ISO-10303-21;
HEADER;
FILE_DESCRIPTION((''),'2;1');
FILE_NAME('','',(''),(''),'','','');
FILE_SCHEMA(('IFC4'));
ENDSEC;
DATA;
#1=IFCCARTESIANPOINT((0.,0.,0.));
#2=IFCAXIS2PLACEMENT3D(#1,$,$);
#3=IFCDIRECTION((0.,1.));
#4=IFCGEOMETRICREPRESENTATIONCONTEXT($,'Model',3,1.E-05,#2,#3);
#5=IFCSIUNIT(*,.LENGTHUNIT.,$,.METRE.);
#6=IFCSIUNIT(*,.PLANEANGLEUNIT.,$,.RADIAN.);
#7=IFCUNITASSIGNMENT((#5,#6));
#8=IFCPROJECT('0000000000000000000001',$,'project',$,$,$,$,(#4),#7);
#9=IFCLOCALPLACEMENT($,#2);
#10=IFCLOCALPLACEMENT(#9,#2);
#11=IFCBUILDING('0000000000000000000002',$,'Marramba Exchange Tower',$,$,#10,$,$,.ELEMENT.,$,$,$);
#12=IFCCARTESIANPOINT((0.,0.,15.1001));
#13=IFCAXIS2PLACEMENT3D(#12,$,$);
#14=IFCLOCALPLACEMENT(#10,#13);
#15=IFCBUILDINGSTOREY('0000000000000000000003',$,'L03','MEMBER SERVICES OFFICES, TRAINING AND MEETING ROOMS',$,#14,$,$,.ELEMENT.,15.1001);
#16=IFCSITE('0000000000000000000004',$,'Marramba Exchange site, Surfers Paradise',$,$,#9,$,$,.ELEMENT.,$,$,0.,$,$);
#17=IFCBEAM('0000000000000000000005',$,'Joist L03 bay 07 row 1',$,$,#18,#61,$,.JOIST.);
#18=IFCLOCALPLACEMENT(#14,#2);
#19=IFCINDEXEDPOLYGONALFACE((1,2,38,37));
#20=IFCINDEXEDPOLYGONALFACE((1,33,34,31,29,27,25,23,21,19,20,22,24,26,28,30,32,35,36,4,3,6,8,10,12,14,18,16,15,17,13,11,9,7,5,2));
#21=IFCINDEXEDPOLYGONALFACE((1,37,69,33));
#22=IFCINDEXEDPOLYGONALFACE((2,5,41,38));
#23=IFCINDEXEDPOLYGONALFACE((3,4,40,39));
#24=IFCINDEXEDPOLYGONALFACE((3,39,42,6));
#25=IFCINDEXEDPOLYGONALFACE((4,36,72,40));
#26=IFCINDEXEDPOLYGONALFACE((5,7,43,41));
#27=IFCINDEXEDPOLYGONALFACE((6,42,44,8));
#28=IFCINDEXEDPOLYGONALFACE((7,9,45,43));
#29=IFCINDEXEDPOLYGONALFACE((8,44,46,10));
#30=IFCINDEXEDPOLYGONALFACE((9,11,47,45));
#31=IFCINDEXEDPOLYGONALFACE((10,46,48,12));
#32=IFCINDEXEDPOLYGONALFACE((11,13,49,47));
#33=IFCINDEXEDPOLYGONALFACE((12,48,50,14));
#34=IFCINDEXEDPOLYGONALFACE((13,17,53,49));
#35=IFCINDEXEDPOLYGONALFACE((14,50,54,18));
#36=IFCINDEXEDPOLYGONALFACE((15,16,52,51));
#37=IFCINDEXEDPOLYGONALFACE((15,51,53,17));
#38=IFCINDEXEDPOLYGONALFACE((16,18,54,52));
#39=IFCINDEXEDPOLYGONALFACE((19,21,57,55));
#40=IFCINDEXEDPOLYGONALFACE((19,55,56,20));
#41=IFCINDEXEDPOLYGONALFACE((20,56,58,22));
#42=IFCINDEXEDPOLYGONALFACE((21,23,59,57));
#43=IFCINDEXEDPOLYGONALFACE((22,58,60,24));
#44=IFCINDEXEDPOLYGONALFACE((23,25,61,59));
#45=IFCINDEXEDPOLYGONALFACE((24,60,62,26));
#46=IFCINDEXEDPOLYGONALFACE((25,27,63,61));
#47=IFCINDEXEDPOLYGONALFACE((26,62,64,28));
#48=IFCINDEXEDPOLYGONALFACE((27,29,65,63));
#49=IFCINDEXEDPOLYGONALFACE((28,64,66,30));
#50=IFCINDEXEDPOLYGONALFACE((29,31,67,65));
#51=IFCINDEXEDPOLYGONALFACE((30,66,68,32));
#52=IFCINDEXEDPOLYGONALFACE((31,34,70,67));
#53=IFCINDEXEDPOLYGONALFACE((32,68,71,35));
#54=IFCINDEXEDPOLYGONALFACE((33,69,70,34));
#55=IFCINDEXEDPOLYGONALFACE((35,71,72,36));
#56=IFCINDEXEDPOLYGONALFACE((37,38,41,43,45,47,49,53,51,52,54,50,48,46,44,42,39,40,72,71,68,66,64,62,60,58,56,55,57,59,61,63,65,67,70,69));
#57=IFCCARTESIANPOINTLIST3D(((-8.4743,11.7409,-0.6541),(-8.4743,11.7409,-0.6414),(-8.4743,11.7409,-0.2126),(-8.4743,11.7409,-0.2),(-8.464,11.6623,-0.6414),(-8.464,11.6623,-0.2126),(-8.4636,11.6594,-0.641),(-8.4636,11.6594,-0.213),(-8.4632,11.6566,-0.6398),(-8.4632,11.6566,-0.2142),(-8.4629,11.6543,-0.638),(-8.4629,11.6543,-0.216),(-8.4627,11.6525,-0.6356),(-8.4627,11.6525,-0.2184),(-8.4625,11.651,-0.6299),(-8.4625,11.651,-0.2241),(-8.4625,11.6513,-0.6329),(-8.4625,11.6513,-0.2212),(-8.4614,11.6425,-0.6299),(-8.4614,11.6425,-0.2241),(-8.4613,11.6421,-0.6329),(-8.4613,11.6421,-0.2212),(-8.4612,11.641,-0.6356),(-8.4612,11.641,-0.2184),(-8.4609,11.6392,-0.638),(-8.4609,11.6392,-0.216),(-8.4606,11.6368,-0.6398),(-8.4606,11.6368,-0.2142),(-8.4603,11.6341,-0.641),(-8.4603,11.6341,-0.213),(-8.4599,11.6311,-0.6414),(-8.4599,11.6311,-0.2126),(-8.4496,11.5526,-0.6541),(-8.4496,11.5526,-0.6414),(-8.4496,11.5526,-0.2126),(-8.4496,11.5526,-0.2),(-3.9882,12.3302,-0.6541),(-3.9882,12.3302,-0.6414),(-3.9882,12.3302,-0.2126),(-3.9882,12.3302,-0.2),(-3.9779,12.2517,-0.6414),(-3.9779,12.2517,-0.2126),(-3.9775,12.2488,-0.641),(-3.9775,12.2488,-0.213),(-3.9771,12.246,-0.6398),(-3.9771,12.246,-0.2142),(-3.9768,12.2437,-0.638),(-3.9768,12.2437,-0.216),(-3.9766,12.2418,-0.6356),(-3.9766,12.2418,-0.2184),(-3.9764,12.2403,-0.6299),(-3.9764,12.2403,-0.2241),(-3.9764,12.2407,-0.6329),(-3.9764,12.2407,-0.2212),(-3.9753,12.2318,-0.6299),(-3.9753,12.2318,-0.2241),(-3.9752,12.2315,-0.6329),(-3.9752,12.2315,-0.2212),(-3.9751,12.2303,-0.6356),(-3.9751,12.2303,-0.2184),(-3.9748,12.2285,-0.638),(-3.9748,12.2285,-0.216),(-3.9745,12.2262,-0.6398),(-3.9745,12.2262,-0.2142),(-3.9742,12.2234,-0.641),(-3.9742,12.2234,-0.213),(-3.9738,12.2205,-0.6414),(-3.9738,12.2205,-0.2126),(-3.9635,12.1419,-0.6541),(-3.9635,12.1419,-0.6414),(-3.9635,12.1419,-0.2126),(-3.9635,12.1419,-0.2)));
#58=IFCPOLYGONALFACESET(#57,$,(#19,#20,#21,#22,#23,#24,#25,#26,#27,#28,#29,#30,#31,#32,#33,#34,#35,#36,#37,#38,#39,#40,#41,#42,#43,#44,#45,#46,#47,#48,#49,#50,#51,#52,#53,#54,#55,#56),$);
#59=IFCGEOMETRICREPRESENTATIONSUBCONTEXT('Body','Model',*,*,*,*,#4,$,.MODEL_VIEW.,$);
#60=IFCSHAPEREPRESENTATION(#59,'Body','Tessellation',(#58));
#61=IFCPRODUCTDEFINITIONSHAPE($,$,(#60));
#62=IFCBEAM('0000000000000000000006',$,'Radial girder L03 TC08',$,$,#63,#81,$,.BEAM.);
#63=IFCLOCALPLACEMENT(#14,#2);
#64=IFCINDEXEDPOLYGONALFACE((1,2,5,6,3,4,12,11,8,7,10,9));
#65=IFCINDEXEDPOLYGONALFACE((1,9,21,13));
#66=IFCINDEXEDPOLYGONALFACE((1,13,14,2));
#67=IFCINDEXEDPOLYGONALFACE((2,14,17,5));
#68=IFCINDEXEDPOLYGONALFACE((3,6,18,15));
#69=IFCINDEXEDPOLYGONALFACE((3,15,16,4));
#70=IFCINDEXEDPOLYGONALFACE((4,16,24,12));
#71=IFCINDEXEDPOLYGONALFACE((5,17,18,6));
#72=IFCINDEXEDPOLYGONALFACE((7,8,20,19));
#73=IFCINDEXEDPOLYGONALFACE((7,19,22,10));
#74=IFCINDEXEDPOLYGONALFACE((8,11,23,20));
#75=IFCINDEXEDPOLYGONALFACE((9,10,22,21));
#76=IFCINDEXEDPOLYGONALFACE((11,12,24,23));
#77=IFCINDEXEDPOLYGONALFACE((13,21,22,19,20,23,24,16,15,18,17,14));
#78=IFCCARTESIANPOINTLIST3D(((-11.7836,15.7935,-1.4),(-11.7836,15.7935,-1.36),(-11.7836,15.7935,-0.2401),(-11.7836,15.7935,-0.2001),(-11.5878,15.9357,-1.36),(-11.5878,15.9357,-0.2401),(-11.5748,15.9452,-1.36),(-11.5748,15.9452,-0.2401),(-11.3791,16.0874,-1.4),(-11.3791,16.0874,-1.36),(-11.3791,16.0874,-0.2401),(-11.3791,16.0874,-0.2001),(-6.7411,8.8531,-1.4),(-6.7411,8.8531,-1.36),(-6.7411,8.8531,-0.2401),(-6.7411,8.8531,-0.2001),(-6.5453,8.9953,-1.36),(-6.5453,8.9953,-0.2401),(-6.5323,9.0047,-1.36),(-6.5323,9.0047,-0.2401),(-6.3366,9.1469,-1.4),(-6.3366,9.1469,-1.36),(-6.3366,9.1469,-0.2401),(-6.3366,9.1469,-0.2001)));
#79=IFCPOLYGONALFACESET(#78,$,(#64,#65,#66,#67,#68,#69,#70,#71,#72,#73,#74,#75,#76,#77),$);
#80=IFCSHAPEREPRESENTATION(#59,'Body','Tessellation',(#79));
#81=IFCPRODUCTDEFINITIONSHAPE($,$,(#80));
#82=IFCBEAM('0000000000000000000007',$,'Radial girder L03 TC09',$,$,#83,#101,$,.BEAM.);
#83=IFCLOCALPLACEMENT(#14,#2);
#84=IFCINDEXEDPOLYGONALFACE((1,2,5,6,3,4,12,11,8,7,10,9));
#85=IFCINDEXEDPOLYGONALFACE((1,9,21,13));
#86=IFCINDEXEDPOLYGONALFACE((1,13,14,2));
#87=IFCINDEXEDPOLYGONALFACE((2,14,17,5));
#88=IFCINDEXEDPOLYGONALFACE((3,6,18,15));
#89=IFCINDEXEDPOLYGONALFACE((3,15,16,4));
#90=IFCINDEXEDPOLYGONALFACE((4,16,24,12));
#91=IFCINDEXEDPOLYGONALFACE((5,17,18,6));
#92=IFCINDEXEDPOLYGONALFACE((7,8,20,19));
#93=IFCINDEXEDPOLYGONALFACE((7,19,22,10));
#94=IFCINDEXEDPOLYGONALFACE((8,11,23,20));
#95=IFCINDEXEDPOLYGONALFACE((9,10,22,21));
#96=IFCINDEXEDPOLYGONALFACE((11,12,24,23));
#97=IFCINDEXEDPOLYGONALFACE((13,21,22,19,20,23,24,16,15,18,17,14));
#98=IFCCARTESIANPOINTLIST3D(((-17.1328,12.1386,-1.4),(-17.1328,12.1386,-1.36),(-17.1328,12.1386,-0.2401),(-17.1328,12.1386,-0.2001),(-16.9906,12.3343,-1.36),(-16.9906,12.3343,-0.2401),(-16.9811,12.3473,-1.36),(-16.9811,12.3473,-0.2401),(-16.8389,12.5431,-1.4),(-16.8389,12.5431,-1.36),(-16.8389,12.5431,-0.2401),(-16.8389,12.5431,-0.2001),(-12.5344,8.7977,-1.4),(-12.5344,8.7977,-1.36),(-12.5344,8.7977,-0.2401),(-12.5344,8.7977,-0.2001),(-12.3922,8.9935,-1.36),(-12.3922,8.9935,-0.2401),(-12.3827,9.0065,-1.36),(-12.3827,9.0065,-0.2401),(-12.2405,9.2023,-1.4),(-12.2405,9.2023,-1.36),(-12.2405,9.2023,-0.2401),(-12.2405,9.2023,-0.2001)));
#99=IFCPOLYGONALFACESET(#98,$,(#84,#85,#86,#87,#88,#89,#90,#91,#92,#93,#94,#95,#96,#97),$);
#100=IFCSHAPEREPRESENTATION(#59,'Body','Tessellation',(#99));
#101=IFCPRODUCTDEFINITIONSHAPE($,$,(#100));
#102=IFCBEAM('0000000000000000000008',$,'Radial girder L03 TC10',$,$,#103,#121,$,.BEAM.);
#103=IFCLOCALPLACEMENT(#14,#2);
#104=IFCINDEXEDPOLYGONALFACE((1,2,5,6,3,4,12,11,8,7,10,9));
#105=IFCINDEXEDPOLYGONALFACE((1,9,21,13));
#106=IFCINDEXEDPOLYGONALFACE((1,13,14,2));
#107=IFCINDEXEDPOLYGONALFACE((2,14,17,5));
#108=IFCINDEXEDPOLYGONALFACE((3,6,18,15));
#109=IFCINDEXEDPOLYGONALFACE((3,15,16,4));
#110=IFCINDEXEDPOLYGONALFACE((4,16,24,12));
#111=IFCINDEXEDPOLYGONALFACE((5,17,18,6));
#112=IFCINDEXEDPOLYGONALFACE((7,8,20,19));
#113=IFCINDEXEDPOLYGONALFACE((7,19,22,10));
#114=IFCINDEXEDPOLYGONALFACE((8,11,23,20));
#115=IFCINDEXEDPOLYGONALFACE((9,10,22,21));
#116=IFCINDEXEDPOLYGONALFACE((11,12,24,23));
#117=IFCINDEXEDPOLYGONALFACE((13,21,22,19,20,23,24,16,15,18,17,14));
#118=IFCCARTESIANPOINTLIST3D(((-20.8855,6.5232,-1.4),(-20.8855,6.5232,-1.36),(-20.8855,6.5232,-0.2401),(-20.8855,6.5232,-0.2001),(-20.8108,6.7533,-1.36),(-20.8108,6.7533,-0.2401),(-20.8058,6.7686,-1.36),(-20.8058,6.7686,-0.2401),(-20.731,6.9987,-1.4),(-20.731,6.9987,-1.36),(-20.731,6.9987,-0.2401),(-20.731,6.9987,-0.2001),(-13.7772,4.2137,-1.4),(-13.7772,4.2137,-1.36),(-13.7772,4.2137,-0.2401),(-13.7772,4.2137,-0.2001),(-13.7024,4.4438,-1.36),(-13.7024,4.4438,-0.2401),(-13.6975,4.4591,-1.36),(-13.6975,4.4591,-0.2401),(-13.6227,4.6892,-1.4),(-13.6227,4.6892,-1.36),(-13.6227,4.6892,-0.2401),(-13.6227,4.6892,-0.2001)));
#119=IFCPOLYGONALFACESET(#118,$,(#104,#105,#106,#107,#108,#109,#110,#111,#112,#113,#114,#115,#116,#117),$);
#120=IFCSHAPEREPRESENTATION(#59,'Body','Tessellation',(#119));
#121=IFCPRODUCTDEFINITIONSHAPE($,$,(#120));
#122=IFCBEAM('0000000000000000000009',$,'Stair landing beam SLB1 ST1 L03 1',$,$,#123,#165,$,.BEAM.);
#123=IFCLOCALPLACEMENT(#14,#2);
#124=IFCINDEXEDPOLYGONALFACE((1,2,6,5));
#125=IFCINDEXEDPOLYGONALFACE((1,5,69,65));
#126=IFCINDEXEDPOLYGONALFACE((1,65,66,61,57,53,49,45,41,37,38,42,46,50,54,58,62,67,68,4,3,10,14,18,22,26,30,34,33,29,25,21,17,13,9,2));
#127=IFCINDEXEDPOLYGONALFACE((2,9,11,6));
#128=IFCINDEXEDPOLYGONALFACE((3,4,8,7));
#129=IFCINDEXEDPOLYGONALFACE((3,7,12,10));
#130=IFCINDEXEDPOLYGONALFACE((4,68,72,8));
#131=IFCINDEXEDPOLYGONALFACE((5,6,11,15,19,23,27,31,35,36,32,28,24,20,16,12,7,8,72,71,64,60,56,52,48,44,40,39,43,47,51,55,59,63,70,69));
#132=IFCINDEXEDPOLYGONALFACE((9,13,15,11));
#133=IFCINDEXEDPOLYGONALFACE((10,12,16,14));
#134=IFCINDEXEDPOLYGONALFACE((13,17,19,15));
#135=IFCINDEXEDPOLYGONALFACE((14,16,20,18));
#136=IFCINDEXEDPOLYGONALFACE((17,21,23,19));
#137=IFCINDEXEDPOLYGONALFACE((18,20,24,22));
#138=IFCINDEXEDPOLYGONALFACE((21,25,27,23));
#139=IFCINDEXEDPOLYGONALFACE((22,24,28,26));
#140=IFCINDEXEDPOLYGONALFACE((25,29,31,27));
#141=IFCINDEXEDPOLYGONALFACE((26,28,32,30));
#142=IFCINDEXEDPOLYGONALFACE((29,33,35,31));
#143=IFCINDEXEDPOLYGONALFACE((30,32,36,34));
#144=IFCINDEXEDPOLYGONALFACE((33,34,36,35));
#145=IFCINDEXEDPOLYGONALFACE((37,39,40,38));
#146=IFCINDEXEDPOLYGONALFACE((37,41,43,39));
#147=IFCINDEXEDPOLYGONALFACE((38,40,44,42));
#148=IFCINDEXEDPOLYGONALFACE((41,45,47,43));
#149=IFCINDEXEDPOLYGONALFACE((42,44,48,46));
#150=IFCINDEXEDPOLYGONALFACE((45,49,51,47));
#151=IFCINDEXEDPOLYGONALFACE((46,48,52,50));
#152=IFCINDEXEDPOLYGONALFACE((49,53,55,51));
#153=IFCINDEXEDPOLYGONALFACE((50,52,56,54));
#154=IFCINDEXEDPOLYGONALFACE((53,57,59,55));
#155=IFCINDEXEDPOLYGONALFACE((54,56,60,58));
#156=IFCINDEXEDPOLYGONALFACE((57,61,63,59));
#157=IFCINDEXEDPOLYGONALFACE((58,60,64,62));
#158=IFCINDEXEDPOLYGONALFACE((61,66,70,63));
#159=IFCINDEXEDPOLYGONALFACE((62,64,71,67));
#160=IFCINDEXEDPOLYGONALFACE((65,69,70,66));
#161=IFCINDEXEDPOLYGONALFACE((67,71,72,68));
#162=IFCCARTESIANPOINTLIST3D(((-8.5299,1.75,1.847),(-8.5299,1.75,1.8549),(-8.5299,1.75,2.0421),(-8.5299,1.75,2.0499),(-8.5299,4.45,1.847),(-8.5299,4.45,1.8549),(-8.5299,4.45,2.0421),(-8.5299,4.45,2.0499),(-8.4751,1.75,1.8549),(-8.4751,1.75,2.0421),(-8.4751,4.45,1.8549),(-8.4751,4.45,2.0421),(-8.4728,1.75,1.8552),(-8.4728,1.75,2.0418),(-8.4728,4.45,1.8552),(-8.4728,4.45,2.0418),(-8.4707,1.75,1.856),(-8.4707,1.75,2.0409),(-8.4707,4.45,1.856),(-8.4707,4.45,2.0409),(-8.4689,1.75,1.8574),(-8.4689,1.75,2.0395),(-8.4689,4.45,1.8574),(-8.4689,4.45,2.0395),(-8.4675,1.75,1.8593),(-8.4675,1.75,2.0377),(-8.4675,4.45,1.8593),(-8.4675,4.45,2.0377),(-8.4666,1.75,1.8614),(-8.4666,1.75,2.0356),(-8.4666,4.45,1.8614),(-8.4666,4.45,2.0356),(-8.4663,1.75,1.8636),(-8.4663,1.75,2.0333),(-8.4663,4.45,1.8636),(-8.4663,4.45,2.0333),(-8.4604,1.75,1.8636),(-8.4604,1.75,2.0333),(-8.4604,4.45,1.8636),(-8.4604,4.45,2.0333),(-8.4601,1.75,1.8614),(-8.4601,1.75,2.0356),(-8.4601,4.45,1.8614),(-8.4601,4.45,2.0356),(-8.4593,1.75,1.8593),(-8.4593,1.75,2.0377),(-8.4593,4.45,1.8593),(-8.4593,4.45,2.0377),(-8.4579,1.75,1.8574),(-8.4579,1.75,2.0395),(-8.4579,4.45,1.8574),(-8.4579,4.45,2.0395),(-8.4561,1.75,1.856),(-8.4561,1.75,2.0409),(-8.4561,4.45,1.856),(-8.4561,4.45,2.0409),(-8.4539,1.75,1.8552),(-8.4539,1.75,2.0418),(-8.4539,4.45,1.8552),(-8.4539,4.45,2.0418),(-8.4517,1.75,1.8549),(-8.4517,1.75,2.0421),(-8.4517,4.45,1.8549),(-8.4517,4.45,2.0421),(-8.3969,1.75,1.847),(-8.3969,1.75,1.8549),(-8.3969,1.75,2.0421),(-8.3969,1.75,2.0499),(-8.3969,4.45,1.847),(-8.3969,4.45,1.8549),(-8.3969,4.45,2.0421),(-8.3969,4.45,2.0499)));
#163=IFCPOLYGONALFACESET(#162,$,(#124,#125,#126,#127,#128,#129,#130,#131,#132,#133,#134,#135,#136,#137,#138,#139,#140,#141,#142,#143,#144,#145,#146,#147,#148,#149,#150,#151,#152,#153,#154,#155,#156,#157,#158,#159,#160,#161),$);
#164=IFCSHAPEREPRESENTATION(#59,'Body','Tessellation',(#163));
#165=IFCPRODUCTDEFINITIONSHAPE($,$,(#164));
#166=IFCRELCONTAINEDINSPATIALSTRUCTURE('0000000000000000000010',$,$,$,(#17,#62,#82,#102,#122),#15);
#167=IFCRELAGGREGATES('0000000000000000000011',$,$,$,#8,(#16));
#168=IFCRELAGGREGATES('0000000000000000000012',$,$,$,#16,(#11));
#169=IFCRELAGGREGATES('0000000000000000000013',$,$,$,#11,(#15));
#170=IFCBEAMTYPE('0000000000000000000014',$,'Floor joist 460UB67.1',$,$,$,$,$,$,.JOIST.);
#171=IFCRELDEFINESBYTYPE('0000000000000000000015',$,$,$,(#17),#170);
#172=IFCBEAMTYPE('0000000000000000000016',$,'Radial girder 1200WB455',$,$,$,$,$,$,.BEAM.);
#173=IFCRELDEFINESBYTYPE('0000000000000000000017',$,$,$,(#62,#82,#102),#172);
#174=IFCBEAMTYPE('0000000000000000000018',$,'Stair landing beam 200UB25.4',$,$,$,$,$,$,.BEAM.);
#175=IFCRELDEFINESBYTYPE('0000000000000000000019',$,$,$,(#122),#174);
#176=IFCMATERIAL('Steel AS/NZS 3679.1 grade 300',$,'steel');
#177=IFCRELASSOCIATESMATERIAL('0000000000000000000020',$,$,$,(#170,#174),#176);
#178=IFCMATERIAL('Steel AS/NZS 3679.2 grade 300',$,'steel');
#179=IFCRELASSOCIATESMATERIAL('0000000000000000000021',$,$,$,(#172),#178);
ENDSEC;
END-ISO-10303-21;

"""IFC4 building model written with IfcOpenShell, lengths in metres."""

from ifc_helpers import new_model, si_unit, direction, frame, origin, origin_2d, place, context, subcontext, project, spatial, i_section, extrude, material, material_profile, profile_set, type_object, element, save


model = new_model("IFC4")

# Units and contexts
model_context = context("Model", 3, precision=1e-05, world=origin(), true_north=direction((0.0, 1.0)))
body_context = subcontext(model_context, "Body", "Model", "MODEL_VIEW")
ifc_project = project(units=[si_unit("LENGTHUNIT", "METRE"), si_unit("PLANEANGLEUNIT", "RADIAN")], contexts=[model_context])

# Site, building, storey
site_placement = place(None, origin())
site = spatial("IfcSite", under=ifc_project, at=site_placement, Name="Marramba Exchange site, Surfers Paradise", CompositionType="ELEMENT", RefElevation=0.0)
building_placement = place(site_placement, origin())
building = spatial("IfcBuilding", under=site, at=building_placement, Name="Marramba Exchange Tower", CompositionType="ELEMENT")
storey_placement = place(building_placement, frame((0.0, 0.0, 15.1001)))
storey = spatial("IfcBuildingStorey", under=building, at=storey_placement, Name="L03", Description="MEMBER SERVICES OFFICES, TRAINING AND MEETING ROOMS", CompositionType="ELEMENT", Elevation=15.1001)

# Beams
ifc_material_1 = material(Name="Steel AS/NZS 3679.1 grade 300", Category="steel")
ifc_material_profile_1 = material_profile(ifc_material_1, i_section(OverallWidth=0.1899, OverallDepth=0.4541, WebThickness=0.0085, FlangeThickness=0.0127, FilletRadius=0.0115, at=origin_2d()), Name="460UB67.1")
ifc_profile_set_1 = profile_set([ifc_material_profile_1], Name="Steel AS/NZS 3679.1 grade 300")
beam_type_1 = type_object("IfcBeamType", Name="Floor joist 460UB67.1", PredefinedType="JOIST", material=ifc_profile_set_1)
beam_1_placement = place(storey_placement, frame((-3.9758, 12.2361, -0.427), z_axis=(-0.991481, -0.130255, 0.0), x_axis=(0.130255, -0.991481, 0.0)))
element("IfcBeam", 1, at=beam_1_placement, inside=storey, type_object=beam_type_1, Name="Joist L03 bay 07 row 1", PredefinedType="JOIST", context=body_context, shape_type="SweptSolid", body=[
    extrude(i_section(OverallWidth=0.1899, OverallDepth=0.4541, WebThickness=0.0085, FlangeThickness=0.0127, FilletRadius=0.0115, at=origin_2d()), origin(), (0.0, 0.0, 1.0), 4.5247),
])
ifc_material_2 = material(Name="Steel AS/NZS 3679.2 grade 300", Category="steel")
ifc_material_profile_2 = material_profile(ifc_material_2, i_section(OverallWidth=0.5, OverallDepth=1.2, WebThickness=0.0161, FlangeThickness=0.04, at=origin_2d()), Name="1200WB455")
ifc_profile_set_2 = profile_set([ifc_material_profile_2], Name="Steel AS/NZS 3679.2 grade 300")
beam_type_2 = type_object("IfcBeamType", Name="Radial girder 1200WB455", PredefinedType="BEAM", material=ifc_profile_set_2)
beam_2_placement = place(storey_placement, frame((-6.5388, 9.0, -0.8), z_axis=(-0.587782, 0.809019, 0.0), x_axis=(-0.809019, -0.587782, 0.0)))
element("IfcBeam", 2, at=beam_2_placement, inside=storey, type_object=beam_type_2, Name="Radial girder L03 TC08", PredefinedType="BEAM", context=body_context, shape_type="SweptSolid", body=[
    extrude(i_section(OverallWidth=0.5, OverallDepth=1.2, WebThickness=0.0161, FlangeThickness=0.04, at=origin_2d()), origin(), (0.0, 0.0, 1.0), 8.5789),
])
beam_3_placement = place(storey_placement, frame((-12.3875, 9.0, -0.8), z_axis=(-0.809026, 0.587773, 0.0), x_axis=(-0.587773, -0.809026, 0.0)))
element("IfcBeam", 3, at=beam_3_placement, inside=storey, type_object=beam_type_2, Name="Radial girder L03 TC09", PredefinedType="BEAM", context=body_context, shape_type="SweptSolid", body=[
    extrude(i_section(OverallWidth=0.5, OverallDepth=1.2, WebThickness=0.0161, FlangeThickness=0.04, at=origin_2d()), origin(), (0.0, 0.0, 1.0), 5.6838),
])
beam_4_placement = place(storey_placement, frame((-13.7, 4.4514, -0.8), z_axis=(-0.95106, 0.309006, 0.0), x_axis=(-0.309006, -0.95106, 0.0)))
element("IfcBeam", 4, at=beam_4_placement, inside=storey, type_object=beam_type_2, Name="Radial girder L03 TC10", PredefinedType="BEAM", context=body_context, shape_type="SweptSolid", body=[
    extrude(i_section(OverallWidth=0.5, OverallDepth=1.2, WebThickness=0.0161, FlangeThickness=0.04, at=origin_2d()), origin(), (0.0, 0.0, 1.0), 7.4741),
])
ifc_material_profile_3 = material_profile(ifc_material_1, i_section(OverallWidth=0.1331, OverallDepth=0.2029, WebThickness=0.0059, FlangeThickness=0.0078, FilletRadius=0.0088, at=origin_2d()), Name="200UB25.4")
ifc_profile_set_3 = profile_set([ifc_material_profile_3], Name="Steel AS/NZS 3679.1 grade 300")
beam_type_3 = type_object("IfcBeamType", Name="Stair landing beam 200UB25.4", PredefinedType="BEAM", material=ifc_profile_set_3)
for number, where, z_axis, x_axis, name in (
    (5, (-8.4634, 1.75, 1.9485), (0.0, 1.0, 0.0), (-1.0, 0.0, 0.0), "Stair landing beam SLB1 ST1 L03 1"),
):
    element("IfcBeam", number, at=place(storey_placement, frame(where, z_axis=z_axis, x_axis=x_axis)), inside=storey, type_object=beam_type_3, Name=name, PredefinedType="BEAM", context=body_context, shape_type="SweptSolid", body=[
        extrude(i_section(OverallWidth=0.1331, OverallDepth=0.2029, WebThickness=0.0059, FlangeThickness=0.0078, FilletRadius=0.0088, at=origin_2d()), origin(), (0.0, 0.0, 1.0), 2.7),
    ])

save(model, "model.ifc")
